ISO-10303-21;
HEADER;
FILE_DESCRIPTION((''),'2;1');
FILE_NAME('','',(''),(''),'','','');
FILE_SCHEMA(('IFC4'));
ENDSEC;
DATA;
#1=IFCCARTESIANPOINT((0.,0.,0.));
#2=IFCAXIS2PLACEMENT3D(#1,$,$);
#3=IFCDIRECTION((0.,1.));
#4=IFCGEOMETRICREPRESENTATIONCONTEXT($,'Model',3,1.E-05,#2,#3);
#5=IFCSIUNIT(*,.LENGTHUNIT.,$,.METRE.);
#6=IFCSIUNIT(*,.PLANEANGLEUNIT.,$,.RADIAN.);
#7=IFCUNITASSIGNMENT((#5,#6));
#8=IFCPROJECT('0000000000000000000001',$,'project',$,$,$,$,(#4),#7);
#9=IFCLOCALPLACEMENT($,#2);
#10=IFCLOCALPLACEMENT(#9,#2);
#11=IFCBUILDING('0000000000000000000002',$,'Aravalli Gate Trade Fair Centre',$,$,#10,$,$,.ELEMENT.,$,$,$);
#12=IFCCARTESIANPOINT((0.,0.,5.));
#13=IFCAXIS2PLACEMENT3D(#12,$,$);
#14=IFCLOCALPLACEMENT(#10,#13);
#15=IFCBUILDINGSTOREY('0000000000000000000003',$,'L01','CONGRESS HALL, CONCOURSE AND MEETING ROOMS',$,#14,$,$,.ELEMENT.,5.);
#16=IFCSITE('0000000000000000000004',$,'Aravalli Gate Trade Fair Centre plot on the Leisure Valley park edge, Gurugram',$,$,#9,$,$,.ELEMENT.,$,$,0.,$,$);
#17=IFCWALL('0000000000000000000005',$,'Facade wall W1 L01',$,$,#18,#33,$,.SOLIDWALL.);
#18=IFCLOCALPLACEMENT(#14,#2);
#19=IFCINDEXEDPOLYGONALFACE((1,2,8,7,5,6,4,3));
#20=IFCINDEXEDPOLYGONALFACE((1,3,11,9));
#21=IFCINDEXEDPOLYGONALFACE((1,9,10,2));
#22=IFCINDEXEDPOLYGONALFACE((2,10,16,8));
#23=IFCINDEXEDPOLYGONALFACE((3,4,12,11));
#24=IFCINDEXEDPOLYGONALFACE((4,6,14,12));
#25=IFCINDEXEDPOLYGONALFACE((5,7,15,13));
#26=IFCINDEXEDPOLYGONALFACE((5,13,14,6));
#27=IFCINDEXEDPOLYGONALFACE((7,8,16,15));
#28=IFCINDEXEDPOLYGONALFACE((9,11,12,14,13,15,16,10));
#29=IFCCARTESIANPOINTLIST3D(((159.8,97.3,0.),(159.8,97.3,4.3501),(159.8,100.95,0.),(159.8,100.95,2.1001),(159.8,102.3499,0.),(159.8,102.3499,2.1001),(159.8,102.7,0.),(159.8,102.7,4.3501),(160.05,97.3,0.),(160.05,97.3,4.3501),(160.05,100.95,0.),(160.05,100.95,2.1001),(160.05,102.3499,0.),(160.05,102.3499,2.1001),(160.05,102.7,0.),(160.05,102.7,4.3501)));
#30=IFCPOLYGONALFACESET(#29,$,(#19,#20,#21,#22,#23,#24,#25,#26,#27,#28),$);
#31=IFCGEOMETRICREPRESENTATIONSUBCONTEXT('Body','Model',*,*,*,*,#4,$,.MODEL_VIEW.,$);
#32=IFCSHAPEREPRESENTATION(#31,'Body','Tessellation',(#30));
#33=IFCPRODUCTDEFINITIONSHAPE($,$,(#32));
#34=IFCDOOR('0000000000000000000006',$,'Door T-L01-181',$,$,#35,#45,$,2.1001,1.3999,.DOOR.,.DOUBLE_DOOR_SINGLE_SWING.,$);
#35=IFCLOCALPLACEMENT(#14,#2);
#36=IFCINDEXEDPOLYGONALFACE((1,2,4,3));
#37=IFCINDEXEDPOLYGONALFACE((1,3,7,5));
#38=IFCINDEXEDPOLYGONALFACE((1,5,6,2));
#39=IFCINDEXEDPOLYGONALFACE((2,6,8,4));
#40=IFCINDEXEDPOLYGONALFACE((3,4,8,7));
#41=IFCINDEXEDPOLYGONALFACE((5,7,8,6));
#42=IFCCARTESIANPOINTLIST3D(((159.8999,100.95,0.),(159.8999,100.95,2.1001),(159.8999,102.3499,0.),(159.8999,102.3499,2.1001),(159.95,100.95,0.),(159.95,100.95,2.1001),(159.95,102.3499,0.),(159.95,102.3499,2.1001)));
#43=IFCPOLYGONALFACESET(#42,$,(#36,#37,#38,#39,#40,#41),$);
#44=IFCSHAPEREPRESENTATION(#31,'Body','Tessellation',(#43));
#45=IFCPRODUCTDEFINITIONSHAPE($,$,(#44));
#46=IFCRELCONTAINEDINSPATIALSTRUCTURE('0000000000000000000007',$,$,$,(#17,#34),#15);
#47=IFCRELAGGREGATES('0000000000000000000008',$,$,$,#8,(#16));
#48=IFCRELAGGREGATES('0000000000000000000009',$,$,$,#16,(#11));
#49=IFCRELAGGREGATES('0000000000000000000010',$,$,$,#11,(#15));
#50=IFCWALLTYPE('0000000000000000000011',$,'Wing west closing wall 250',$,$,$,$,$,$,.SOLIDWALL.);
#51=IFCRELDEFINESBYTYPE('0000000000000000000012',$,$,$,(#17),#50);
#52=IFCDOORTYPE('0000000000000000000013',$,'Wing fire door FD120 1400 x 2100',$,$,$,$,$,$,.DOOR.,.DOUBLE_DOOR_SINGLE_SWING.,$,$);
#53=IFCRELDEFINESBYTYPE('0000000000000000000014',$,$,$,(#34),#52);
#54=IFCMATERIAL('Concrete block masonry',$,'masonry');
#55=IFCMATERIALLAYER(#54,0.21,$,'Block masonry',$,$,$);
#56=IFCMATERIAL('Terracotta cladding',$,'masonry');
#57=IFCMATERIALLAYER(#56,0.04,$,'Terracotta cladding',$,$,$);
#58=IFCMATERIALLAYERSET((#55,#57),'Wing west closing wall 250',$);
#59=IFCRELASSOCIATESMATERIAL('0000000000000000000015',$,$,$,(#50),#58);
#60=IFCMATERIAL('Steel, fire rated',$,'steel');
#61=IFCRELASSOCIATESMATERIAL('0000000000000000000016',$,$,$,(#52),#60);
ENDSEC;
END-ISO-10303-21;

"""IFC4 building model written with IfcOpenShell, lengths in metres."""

from ifc_helpers import new_model, si_unit, direction, frame, frame_2d, origin, place, context, subcontext, project, spatial, rectangle, extrude, material, layer, layer_set, type_object, element, fill, save


model = new_model("IFC4")

# Units and contexts
model_context = context("Model", 3, precision=1e-05, world=origin(), true_north=direction((0.0, 1.0)))
body_context = subcontext(model_context, "Body", "Model", "MODEL_VIEW")
ifc_project = project(units=[si_unit("LENGTHUNIT", "METRE"), si_unit("PLANEANGLEUNIT", "RADIAN")], contexts=[model_context])

# Site, building, storey
site_placement = place(None, origin())
site = spatial("IfcSite", under=ifc_project, at=site_placement, Name="Aravalli Gate Trade Fair Centre plot on the Leisure Valley park edge, Gurugram", CompositionType="ELEMENT", RefElevation=0.0)
building_placement = place(site_placement, origin())
building = spatial("IfcBuilding", under=site, at=building_placement, Name="Aravalli Gate Trade Fair Centre", CompositionType="ELEMENT")
storey_placement = place(building_placement, frame((0.0, 0.0, 5.0)))
storey = spatial("IfcBuildingStorey", under=building, at=storey_placement, Name="L01", Description="CONGRESS HALL, CONCOURSE AND MEETING ROOMS", CompositionType="ELEMENT", Elevation=5.0)

# Shared definitions
ifc_material_1 = material(Name="Concrete block masonry", Category="masonry")
ifc_layer_1 = layer(ifc_material_1, 0.21, Name="Block masonry")
ifc_material_2 = material(Name="Terracotta cladding", Category="masonry")
ifc_layer_2 = layer(ifc_material_2, 0.04, Name="Terracotta cladding")
ifc_layer_set = layer_set([ifc_layer_1, ifc_layer_2], Name="Wing west closing wall 250")
wall_type = type_object("IfcWallType", Name="Wing west closing wall 250", PredefinedType="SOLIDWALL", material=ifc_layer_set)

# Wall, opening, door
wall_1_placement = place(storey_placement, frame((159.925, 97.3, 0.0), z_axis=(0.0, 0.0, 1.0), x_axis=(0.0, 1.0, 0.0)))
wall_1 = element("IfcWall", 1, at=wall_1_placement, inside=storey, type_object=wall_type, Name="Facade wall W1 L01", PredefinedType="SOLIDWALL", context=body_context, shape_type="SweptSolid", body=[
    extrude(rectangle(XDim=5.3999, YDim=0.25, at=frame_2d((2.7, 0.0))), origin(), (0.0, 0.0, 1.0), 4.3501),
])
opening_placement = place(wall_1_placement, frame((3.6499, 0.0, 0.0)))
opening = element("IfcOpeningElement", 2, at=opening_placement, cuts=wall_1, PredefinedType="OPENING", context=body_context, shape_type="SweptSolid", body=[
    extrude(rectangle(XDim=1.3999, YDim=2.1001, at=frame_2d((0.7, 1.05))), frame((0.0, 0.135, 0.0), z_axis=(0.0, -1.0, 0.0), x_axis=(1.0, 0.0, 0.0)), (0.0, 0.0, 1.0), 0.27),
])
ifc_material_3 = material(Name="Steel, fire rated", Category="steel")
door_type = type_object("IfcDoorType", Name="Wing fire door FD120 1400 x 2100", OperationType="DOUBLE_DOOR_SINGLE_SWING", PredefinedType="DOOR", material=ifc_material_3)
door_placement = place(opening_placement, frame((1.3999, 0.0, 0.0), z_axis=(0.0, 0.0, 1.0), x_axis=(-1.0, 0.0, 0.0)))
door = element("IfcDoor", 3, at=door_placement, inside=storey, type_object=door_type, Name="Door T-L01-181", OperationType="DOUBLE_DOOR_SINGLE_SWING", OverallHeight=2.1001, OverallWidth=1.3999, PredefinedType="DOOR", context=body_context, shape_type="SweptSolid", body=[
    extrude(rectangle(XDim=1.3999, YDim=2.1001, at=frame_2d((0.7, 1.05))), frame((0.0, 0.0249, 0.0), z_axis=(0.0, -1.0, 0.0), x_axis=(1.0, 0.0, 0.0)), (0.0, 0.0, 1.0), 0.05),
])
fill(opening, door)

save(model, "model.ifc")
